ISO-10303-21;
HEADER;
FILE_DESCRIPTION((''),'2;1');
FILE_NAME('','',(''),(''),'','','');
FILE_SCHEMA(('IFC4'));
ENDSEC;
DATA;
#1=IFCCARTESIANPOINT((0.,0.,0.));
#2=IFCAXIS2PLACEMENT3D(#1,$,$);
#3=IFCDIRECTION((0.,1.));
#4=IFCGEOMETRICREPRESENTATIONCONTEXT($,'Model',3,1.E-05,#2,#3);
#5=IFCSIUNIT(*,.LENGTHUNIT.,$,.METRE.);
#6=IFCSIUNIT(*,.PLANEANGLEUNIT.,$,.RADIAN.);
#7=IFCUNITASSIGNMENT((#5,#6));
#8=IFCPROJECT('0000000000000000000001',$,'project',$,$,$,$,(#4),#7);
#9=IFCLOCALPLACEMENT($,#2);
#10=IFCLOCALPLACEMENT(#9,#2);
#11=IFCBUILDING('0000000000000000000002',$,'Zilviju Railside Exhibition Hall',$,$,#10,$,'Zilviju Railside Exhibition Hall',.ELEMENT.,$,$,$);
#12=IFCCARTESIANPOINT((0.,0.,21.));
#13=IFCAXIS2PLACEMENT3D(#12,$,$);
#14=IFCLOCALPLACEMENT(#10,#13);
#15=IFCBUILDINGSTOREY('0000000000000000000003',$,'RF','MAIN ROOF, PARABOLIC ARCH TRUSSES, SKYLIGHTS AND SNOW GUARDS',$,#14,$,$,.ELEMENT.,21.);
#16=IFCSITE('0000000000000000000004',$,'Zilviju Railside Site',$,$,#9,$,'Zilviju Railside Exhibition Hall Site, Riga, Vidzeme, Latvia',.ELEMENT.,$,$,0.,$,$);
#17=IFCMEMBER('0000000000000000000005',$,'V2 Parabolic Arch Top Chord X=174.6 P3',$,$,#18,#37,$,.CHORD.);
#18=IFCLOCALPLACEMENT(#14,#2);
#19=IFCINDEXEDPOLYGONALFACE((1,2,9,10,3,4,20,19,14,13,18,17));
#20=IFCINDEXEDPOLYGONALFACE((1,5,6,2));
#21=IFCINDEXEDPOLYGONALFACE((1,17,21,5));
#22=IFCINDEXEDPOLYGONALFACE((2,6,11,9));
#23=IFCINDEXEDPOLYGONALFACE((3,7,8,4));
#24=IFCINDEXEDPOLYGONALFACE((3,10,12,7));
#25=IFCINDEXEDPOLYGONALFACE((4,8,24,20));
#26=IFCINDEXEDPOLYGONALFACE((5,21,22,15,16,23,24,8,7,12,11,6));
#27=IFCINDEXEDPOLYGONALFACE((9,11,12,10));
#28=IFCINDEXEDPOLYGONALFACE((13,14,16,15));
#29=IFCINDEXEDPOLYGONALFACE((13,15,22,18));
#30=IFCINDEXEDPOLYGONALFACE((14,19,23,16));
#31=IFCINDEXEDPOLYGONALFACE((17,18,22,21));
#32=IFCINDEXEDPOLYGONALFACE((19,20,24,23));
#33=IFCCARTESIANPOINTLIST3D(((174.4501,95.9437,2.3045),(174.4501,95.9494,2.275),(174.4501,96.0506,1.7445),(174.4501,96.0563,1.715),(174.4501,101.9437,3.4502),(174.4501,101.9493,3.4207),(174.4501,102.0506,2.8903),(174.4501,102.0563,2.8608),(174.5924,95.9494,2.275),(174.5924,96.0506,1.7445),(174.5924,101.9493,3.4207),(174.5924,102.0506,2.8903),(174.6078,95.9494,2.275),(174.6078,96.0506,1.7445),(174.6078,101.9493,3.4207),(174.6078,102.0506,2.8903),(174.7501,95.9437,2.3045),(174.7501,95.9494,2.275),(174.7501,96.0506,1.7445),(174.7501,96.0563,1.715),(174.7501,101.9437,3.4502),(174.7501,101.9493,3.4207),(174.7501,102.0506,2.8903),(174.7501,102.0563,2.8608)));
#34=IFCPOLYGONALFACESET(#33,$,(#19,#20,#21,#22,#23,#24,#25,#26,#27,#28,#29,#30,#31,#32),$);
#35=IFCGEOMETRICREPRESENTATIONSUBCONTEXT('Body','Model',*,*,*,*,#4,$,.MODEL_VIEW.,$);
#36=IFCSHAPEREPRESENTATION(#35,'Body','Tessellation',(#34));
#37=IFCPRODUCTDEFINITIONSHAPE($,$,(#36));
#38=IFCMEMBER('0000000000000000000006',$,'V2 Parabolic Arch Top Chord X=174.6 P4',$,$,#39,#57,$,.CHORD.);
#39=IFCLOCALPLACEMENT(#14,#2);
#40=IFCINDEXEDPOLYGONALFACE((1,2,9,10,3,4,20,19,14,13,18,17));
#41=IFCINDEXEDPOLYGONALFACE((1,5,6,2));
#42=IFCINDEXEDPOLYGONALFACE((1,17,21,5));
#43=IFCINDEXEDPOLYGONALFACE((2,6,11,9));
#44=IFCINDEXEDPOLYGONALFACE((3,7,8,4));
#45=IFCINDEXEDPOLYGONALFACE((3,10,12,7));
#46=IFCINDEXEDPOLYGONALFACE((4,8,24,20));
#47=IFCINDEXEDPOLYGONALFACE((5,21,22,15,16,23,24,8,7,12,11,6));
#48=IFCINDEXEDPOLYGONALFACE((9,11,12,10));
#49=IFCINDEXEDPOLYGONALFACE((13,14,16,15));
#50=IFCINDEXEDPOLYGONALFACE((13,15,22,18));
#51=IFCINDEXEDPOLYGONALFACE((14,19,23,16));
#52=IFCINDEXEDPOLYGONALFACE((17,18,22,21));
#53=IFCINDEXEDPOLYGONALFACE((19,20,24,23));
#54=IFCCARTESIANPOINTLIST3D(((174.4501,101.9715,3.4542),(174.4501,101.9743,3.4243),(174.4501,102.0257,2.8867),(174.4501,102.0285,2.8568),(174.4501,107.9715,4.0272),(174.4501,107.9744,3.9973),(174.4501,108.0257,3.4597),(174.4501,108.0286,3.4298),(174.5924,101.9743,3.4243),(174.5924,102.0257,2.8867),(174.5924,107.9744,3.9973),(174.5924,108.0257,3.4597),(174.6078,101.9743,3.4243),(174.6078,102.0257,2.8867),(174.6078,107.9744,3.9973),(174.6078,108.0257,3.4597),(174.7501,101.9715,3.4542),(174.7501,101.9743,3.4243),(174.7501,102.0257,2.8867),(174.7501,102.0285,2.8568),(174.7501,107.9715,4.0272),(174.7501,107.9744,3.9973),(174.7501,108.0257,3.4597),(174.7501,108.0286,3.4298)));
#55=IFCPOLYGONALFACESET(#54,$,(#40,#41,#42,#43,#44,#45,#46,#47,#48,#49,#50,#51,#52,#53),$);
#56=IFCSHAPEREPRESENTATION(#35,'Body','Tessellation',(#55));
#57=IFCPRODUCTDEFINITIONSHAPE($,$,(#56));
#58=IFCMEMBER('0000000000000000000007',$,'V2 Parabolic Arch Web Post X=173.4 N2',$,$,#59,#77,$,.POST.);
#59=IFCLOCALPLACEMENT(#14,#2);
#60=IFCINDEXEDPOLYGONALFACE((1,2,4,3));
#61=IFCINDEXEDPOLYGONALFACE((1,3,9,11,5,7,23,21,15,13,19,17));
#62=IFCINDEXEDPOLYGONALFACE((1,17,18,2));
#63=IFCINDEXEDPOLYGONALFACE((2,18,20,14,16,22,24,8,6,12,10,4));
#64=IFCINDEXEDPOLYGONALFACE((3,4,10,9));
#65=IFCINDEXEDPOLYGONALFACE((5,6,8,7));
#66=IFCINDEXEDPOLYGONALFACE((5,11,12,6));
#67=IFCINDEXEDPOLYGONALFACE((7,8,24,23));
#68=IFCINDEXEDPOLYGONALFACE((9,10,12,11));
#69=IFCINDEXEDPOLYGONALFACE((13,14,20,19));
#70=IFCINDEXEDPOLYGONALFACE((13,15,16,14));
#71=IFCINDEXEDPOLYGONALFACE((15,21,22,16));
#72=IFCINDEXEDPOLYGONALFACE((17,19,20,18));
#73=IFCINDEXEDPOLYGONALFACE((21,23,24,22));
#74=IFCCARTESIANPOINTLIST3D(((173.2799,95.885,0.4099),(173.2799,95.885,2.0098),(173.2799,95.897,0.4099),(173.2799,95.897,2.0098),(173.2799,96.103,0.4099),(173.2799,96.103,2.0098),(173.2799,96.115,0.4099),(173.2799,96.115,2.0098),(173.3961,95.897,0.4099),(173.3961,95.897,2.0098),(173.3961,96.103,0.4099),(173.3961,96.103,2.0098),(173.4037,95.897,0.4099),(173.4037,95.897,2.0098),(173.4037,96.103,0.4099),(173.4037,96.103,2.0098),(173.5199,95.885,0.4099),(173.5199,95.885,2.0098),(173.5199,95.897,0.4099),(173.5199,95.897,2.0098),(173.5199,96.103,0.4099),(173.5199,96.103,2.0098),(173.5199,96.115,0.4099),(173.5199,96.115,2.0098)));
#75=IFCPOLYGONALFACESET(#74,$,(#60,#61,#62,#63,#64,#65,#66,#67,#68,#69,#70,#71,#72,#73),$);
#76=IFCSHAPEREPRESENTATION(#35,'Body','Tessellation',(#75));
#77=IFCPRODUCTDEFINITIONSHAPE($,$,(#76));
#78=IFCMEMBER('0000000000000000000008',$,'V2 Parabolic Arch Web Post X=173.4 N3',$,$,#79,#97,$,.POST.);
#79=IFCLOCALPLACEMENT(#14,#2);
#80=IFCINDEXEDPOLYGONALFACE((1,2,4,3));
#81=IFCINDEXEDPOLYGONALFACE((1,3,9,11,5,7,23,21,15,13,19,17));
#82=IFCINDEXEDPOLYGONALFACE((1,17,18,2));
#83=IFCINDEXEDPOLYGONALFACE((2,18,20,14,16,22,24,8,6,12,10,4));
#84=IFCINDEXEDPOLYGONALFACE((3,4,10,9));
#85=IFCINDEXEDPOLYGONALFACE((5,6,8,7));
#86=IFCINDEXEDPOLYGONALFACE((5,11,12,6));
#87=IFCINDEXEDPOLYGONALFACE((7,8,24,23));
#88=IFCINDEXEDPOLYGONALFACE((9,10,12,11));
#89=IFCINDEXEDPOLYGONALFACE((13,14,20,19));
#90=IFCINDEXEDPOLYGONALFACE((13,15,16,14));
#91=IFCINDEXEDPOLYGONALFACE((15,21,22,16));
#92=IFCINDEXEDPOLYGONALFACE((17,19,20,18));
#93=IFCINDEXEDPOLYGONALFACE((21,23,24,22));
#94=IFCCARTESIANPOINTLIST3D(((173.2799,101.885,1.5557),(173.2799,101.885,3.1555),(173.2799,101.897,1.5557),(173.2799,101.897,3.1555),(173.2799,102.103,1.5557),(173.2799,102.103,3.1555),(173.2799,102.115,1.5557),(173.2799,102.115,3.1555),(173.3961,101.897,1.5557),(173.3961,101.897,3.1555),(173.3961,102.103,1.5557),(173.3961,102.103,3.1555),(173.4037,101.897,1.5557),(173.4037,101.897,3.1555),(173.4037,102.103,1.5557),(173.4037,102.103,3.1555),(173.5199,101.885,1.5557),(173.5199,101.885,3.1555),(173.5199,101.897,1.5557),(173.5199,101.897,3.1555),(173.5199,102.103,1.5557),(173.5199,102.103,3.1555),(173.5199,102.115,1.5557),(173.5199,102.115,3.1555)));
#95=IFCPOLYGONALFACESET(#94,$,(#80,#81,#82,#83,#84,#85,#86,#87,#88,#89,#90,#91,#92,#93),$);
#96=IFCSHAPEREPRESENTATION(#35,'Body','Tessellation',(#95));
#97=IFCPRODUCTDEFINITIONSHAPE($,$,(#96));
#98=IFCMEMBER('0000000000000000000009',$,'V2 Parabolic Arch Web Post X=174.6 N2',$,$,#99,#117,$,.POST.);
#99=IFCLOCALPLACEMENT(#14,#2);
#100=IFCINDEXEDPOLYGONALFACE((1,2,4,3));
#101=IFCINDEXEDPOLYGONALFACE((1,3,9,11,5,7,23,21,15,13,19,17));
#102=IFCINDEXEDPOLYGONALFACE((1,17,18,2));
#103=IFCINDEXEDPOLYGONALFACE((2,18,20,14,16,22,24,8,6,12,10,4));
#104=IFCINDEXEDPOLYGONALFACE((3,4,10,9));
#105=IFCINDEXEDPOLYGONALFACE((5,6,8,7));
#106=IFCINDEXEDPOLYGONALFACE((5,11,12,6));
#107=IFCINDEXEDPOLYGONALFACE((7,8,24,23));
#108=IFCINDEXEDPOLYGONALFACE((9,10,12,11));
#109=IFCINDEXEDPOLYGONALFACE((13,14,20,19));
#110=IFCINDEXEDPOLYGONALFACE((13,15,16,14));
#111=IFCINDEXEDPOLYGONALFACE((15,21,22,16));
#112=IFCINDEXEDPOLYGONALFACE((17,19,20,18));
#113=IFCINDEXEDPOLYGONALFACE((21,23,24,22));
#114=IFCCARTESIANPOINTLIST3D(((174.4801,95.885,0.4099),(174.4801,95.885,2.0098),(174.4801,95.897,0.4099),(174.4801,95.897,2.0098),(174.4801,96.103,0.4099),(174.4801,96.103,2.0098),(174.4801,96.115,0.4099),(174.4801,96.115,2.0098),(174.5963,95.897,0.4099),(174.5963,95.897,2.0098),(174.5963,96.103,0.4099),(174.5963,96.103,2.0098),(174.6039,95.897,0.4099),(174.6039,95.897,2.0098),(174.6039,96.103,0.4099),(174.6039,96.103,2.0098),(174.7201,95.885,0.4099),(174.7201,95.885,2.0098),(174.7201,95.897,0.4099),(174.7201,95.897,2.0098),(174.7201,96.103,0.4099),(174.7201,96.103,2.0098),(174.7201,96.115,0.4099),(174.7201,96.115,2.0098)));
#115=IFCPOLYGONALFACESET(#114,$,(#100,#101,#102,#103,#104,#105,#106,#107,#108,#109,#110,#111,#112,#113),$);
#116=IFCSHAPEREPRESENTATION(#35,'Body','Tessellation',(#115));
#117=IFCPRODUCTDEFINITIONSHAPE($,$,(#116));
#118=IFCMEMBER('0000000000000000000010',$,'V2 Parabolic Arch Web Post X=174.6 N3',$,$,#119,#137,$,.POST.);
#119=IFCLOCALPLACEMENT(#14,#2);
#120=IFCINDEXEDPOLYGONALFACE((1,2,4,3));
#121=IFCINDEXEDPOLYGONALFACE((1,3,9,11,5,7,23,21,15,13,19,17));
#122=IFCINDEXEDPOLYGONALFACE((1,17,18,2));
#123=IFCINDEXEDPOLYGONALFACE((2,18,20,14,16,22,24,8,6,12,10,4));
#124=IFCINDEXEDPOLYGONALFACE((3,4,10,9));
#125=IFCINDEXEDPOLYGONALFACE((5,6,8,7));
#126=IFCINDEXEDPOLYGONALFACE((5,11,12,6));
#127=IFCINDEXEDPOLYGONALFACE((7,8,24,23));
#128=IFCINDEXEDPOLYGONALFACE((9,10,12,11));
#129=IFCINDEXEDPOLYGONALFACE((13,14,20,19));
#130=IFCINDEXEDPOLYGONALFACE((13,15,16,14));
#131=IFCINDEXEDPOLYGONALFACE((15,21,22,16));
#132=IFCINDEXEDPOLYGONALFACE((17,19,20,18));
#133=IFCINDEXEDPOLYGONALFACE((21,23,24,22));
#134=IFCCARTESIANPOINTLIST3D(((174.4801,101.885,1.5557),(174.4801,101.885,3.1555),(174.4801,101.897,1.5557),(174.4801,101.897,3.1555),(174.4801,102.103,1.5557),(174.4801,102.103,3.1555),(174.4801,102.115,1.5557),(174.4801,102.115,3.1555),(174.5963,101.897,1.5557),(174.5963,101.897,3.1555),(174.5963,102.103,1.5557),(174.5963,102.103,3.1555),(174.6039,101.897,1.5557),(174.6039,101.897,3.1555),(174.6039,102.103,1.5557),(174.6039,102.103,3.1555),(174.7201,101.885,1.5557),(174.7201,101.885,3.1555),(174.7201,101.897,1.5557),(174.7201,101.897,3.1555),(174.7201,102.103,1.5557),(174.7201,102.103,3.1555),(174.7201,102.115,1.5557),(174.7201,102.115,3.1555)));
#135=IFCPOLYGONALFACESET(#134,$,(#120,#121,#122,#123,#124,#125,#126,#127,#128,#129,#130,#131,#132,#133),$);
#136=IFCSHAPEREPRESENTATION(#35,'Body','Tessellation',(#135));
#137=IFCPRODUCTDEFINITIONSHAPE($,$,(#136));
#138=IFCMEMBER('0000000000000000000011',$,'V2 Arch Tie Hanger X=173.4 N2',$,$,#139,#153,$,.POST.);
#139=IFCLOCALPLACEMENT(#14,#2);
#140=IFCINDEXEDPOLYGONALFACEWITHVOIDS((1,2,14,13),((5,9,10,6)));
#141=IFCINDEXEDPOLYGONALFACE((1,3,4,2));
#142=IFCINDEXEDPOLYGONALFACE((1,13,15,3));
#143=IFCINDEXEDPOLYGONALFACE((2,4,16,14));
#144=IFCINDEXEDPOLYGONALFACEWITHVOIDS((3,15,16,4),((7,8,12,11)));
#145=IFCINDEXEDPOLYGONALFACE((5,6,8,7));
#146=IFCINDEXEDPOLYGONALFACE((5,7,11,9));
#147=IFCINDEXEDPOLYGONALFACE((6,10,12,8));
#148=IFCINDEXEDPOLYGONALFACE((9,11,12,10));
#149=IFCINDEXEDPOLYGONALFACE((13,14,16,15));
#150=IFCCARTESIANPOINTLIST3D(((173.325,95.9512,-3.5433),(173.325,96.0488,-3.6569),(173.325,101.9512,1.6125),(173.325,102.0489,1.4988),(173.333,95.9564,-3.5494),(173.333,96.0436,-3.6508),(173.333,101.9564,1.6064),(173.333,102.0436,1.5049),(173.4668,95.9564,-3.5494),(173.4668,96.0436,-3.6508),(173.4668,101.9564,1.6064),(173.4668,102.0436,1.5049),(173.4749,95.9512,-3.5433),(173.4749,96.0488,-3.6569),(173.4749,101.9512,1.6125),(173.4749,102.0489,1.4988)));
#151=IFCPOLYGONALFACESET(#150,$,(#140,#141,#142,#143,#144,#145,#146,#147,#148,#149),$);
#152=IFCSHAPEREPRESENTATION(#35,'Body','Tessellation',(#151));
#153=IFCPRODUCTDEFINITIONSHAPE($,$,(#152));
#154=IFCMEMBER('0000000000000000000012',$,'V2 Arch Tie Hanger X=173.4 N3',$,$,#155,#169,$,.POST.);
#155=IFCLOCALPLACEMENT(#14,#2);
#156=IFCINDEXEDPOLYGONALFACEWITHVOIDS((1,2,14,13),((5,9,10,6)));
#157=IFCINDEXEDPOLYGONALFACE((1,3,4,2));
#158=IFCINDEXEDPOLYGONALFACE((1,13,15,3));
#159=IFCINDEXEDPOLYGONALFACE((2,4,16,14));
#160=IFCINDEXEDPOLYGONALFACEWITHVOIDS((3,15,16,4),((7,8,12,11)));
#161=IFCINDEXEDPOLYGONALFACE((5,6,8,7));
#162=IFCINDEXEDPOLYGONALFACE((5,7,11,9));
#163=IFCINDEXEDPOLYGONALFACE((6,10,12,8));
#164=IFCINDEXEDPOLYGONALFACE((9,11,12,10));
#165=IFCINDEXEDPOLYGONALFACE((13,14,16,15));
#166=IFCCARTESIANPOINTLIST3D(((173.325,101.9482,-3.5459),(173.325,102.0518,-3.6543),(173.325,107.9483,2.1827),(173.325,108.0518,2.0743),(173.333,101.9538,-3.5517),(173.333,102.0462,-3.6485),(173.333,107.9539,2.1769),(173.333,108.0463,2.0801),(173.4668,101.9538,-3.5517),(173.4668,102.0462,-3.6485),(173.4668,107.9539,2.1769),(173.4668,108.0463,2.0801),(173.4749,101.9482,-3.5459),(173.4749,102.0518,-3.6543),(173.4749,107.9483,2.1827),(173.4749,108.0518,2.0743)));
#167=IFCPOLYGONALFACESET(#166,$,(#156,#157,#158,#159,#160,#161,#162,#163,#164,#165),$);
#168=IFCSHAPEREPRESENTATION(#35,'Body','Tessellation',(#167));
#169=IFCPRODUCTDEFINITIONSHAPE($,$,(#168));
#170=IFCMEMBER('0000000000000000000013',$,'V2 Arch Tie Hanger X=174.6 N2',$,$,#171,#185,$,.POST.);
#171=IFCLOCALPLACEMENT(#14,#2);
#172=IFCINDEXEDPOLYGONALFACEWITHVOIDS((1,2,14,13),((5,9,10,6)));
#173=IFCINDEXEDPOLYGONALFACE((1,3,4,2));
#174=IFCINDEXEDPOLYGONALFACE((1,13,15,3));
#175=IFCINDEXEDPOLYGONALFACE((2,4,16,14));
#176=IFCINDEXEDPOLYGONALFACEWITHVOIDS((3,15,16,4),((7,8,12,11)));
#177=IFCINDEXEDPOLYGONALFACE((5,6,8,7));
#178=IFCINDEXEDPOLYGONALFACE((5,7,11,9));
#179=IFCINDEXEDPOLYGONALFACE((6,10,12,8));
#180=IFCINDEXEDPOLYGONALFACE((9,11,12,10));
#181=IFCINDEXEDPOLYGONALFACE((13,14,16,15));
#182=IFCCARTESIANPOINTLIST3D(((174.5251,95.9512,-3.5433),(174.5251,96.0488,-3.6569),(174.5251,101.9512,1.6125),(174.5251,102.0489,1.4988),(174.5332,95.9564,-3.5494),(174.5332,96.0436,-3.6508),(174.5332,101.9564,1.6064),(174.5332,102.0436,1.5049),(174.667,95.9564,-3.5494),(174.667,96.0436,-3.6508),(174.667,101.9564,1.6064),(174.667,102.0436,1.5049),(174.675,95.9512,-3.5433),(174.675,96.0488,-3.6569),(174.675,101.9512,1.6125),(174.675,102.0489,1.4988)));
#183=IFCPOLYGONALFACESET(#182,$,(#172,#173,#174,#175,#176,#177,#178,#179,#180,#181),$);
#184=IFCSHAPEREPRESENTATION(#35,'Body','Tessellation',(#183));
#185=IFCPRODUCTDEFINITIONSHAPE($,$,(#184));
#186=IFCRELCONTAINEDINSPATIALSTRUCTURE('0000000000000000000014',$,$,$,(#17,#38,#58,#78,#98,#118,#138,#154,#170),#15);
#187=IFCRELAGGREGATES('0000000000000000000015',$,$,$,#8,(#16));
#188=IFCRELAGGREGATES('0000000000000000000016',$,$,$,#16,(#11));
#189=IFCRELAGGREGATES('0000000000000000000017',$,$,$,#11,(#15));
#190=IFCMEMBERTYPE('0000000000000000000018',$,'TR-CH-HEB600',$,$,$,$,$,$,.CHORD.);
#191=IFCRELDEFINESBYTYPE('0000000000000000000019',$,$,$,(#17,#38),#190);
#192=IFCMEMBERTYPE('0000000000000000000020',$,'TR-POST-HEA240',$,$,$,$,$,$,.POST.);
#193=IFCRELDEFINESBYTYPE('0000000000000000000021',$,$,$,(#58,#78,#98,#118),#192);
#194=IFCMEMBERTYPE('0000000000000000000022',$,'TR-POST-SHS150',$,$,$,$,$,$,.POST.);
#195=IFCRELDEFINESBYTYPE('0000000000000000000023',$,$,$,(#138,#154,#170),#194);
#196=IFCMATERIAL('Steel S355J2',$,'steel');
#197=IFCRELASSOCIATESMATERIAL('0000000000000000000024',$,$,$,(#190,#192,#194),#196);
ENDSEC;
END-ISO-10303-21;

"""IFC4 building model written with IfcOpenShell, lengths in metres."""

from ifc_helpers import new_model, si_unit, direction, frame, origin, origin_2d, place, context, subcontext, project, spatial, hollow_rectangle, i_section, extrude, material, material_profile, profile_set, type_object, element, save


model = new_model("IFC4")

# Units and contexts
model_context = context("Model", 3, precision=1e-05, world=origin(), true_north=direction((0.0, 1.0)))
body_context = subcontext(model_context, "Body", "Model", "MODEL_VIEW")
ifc_project = project(units=[si_unit("LENGTHUNIT", "METRE"), si_unit("PLANEANGLEUNIT", "RADIAN")], contexts=[model_context])

# Site, building, storey
site_placement = place(None, origin())
site = spatial("IfcSite", under=ifc_project, at=site_placement, Name="Zilviju Railside Site", LongName="Zilviju Railside Exhibition Hall Site, Riga, Vidzeme, Latvia", CompositionType="ELEMENT", RefElevation=0.0)
building_placement = place(site_placement, origin())
building = spatial("IfcBuilding", under=site, at=building_placement, Name="Zilviju Railside Exhibition Hall", LongName="Zilviju Railside Exhibition Hall", CompositionType="ELEMENT")
storey_placement = place(building_placement, frame((0.0, 0.0, 21.0)))
storey = spatial("IfcBuildingStorey", under=building, at=storey_placement, Name="RF", Description="MAIN ROOF, PARABOLIC ARCH TRUSSES, SKYLIGHTS AND SNOW GUARDS", CompositionType="ELEMENT", Elevation=21.0)

# Members
ifc_material_1 = material(Name="Steel S355J2", Category="steel")
ifc_material_profile_1 = material_profile(ifc_material_1, i_section(OverallWidth=0.3, OverallDepth=0.6001, WebThickness=0.0154, FlangeThickness=0.03, at=origin_2d()), Name="HEB 600")
ifc_profile_set_1 = profile_set([ifc_material_profile_1], Name="Steel S355J2")
member_type_1 = type_object("IfcMemberType", Name="TR-CH-HEB600", PredefinedType="CHORD", material=ifc_profile_set_1)
member_1_placement = place(storey_placement, frame((174.6001, 96.0, 2.0098), z_axis=(0.0, 0.982251, 0.187569), x_axis=(-1.0, 0.0, 0.0)))
element("IfcMember", 1, at=member_1_placement, inside=storey, type_object=member_type_1, Name="V2 Parabolic Arch Top Chord X=174.6 P3", PredefinedType="CHORD", context=body_context, shape_type="SweptSolid", body=[
    extrude(i_section(OverallWidth=0.3, OverallDepth=0.6001, WebThickness=0.0154, FlangeThickness=0.03, at=origin_2d()), origin(), (0.0, 0.0, 1.0), 6.1084),
])
member_2_placement = place(storey_placement, frame((174.6001, 102.0, 3.1555), z_axis=(0.0, 0.995471, 0.095067), x_axis=(-1.0, 0.0, 0.0)))
element("IfcMember", 2, at=member_2_placement, inside=storey, type_object=member_type_1, Name="V2 Parabolic Arch Top Chord X=174.6 P4", PredefinedType="CHORD", context=body_context, shape_type="SweptSolid", body=[
    extrude(i_section(OverallWidth=0.3, OverallDepth=0.6001, WebThickness=0.0154, FlangeThickness=0.03, at=origin_2d()), origin(), (0.0, 0.0, 1.0), 6.0273),
])
ifc_material_profile_2 = material_profile(ifc_material_1, i_section(OverallWidth=0.24, OverallDepth=0.23, WebThickness=0.0076, FlangeThickness=0.012, at=origin_2d()), Name="HEA 240")
ifc_profile_set_2 = profile_set([ifc_material_profile_2], Name="Steel S355J2")
member_type_2 = type_object("IfcMemberType", Name="TR-POST-HEA240", PredefinedType="POST", material=ifc_profile_set_2)
for number, where, z_axis, x_axis, name in (
    (3, (173.3999, 96.0, 0.4099), (0.0, 0.0, 1.0), (1.0, 0.0, 0.0), "V2 Parabolic Arch Web Post X=173.4 N2"),
    (4, (173.3999, 102.0, 1.5557), (0.0, 0.0, 1.0), (1.0, 0.0, 0.0), "V2 Parabolic Arch Web Post X=173.4 N3"),
    (5, (174.6001, 96.0, 0.4099), (0.0, 0.0, 1.0), (1.0, 0.0, 0.0), "V2 Parabolic Arch Web Post X=174.6 N2"),
    (6, (174.6001, 102.0, 1.5557), (0.0, 0.0, 1.0), (1.0, 0.0, 0.0), "V2 Parabolic Arch Web Post X=174.6 N3"),
):
    element("IfcMember", number, at=place(storey_placement, frame(where, z_axis=z_axis, x_axis=x_axis)), inside=storey, type_object=member_type_2, Name=name, PredefinedType="POST", context=body_context, shape_type="SweptSolid", body=[
        extrude(i_section(OverallWidth=0.24, OverallDepth=0.23, WebThickness=0.0076, FlangeThickness=0.012, at=origin_2d()), origin(), (0.0, 0.0, 1.0), 1.5999),
    ])
ifc_material_profile_3 = material_profile(ifc_material_1, hollow_rectangle(XDim=0.1499, YDim=0.1499, WallThickness=0.0081, at=origin_2d()), Name="SHS 150x150x8.0")
ifc_profile_set_3 = profile_set([ifc_material_profile_3], Name="Steel S355J2")
member_type_3 = type_object("IfcMemberType", Name="TR-POST-SHS150", PredefinedType="POST", material=ifc_profile_set_3)
member_3_placement = place(storey_placement, frame((173.3999, 96.0, -3.6001), z_axis=(0.0, 0.75845, 0.651731), x_axis=(-1.0, 0.0, 0.0)))
element("IfcMember", 7, at=member_3_placement, inside=storey, type_object=member_type_3, Name="V2 Arch Tie Hanger X=173.4 N2", PredefinedType="POST", context=body_context, shape_type="SweptSolid", body=[
    extrude(hollow_rectangle(XDim=0.1499, YDim=0.1499, WallThickness=0.0081, at=origin_2d()), origin(), (0.0, 0.0, 1.0), 7.9109),
])
member_4_placement = place(storey_placement, frame((173.3999, 102.0, -3.6001), z_axis=(0.0, 0.723281, 0.690554), x_axis=(-1.0, 0.0, 0.0)))
element("IfcMember", 8, at=member_4_placement, inside=storey, type_object=member_type_3, Name="V2 Arch Tie Hanger X=173.4 N3", PredefinedType="POST", context=body_context, shape_type="SweptSolid", body=[
    extrude(hollow_rectangle(XDim=0.1499, YDim=0.1499, WallThickness=0.0081, at=origin_2d()), origin(), (0.0, 0.0, 1.0), 8.2957),
])
member_5_placement = place(storey_placement, frame((174.6001, 96.0, -3.6001), z_axis=(0.0, 0.75845, 0.651731), x_axis=(-1.0, 0.0, 0.0)))
element("IfcMember", 9, at=member_5_placement, inside=storey, type_object=member_type_3, Name="V2 Arch Tie Hanger X=174.6 N2", PredefinedType="POST", context=body_context, shape_type="SweptSolid", body=[
    extrude(hollow_rectangle(XDim=0.1499, YDim=0.1499, WallThickness=0.0081, at=origin_2d()), origin(), (0.0, 0.0, 1.0), 7.9109),
])

save(model, "model.ifc")
